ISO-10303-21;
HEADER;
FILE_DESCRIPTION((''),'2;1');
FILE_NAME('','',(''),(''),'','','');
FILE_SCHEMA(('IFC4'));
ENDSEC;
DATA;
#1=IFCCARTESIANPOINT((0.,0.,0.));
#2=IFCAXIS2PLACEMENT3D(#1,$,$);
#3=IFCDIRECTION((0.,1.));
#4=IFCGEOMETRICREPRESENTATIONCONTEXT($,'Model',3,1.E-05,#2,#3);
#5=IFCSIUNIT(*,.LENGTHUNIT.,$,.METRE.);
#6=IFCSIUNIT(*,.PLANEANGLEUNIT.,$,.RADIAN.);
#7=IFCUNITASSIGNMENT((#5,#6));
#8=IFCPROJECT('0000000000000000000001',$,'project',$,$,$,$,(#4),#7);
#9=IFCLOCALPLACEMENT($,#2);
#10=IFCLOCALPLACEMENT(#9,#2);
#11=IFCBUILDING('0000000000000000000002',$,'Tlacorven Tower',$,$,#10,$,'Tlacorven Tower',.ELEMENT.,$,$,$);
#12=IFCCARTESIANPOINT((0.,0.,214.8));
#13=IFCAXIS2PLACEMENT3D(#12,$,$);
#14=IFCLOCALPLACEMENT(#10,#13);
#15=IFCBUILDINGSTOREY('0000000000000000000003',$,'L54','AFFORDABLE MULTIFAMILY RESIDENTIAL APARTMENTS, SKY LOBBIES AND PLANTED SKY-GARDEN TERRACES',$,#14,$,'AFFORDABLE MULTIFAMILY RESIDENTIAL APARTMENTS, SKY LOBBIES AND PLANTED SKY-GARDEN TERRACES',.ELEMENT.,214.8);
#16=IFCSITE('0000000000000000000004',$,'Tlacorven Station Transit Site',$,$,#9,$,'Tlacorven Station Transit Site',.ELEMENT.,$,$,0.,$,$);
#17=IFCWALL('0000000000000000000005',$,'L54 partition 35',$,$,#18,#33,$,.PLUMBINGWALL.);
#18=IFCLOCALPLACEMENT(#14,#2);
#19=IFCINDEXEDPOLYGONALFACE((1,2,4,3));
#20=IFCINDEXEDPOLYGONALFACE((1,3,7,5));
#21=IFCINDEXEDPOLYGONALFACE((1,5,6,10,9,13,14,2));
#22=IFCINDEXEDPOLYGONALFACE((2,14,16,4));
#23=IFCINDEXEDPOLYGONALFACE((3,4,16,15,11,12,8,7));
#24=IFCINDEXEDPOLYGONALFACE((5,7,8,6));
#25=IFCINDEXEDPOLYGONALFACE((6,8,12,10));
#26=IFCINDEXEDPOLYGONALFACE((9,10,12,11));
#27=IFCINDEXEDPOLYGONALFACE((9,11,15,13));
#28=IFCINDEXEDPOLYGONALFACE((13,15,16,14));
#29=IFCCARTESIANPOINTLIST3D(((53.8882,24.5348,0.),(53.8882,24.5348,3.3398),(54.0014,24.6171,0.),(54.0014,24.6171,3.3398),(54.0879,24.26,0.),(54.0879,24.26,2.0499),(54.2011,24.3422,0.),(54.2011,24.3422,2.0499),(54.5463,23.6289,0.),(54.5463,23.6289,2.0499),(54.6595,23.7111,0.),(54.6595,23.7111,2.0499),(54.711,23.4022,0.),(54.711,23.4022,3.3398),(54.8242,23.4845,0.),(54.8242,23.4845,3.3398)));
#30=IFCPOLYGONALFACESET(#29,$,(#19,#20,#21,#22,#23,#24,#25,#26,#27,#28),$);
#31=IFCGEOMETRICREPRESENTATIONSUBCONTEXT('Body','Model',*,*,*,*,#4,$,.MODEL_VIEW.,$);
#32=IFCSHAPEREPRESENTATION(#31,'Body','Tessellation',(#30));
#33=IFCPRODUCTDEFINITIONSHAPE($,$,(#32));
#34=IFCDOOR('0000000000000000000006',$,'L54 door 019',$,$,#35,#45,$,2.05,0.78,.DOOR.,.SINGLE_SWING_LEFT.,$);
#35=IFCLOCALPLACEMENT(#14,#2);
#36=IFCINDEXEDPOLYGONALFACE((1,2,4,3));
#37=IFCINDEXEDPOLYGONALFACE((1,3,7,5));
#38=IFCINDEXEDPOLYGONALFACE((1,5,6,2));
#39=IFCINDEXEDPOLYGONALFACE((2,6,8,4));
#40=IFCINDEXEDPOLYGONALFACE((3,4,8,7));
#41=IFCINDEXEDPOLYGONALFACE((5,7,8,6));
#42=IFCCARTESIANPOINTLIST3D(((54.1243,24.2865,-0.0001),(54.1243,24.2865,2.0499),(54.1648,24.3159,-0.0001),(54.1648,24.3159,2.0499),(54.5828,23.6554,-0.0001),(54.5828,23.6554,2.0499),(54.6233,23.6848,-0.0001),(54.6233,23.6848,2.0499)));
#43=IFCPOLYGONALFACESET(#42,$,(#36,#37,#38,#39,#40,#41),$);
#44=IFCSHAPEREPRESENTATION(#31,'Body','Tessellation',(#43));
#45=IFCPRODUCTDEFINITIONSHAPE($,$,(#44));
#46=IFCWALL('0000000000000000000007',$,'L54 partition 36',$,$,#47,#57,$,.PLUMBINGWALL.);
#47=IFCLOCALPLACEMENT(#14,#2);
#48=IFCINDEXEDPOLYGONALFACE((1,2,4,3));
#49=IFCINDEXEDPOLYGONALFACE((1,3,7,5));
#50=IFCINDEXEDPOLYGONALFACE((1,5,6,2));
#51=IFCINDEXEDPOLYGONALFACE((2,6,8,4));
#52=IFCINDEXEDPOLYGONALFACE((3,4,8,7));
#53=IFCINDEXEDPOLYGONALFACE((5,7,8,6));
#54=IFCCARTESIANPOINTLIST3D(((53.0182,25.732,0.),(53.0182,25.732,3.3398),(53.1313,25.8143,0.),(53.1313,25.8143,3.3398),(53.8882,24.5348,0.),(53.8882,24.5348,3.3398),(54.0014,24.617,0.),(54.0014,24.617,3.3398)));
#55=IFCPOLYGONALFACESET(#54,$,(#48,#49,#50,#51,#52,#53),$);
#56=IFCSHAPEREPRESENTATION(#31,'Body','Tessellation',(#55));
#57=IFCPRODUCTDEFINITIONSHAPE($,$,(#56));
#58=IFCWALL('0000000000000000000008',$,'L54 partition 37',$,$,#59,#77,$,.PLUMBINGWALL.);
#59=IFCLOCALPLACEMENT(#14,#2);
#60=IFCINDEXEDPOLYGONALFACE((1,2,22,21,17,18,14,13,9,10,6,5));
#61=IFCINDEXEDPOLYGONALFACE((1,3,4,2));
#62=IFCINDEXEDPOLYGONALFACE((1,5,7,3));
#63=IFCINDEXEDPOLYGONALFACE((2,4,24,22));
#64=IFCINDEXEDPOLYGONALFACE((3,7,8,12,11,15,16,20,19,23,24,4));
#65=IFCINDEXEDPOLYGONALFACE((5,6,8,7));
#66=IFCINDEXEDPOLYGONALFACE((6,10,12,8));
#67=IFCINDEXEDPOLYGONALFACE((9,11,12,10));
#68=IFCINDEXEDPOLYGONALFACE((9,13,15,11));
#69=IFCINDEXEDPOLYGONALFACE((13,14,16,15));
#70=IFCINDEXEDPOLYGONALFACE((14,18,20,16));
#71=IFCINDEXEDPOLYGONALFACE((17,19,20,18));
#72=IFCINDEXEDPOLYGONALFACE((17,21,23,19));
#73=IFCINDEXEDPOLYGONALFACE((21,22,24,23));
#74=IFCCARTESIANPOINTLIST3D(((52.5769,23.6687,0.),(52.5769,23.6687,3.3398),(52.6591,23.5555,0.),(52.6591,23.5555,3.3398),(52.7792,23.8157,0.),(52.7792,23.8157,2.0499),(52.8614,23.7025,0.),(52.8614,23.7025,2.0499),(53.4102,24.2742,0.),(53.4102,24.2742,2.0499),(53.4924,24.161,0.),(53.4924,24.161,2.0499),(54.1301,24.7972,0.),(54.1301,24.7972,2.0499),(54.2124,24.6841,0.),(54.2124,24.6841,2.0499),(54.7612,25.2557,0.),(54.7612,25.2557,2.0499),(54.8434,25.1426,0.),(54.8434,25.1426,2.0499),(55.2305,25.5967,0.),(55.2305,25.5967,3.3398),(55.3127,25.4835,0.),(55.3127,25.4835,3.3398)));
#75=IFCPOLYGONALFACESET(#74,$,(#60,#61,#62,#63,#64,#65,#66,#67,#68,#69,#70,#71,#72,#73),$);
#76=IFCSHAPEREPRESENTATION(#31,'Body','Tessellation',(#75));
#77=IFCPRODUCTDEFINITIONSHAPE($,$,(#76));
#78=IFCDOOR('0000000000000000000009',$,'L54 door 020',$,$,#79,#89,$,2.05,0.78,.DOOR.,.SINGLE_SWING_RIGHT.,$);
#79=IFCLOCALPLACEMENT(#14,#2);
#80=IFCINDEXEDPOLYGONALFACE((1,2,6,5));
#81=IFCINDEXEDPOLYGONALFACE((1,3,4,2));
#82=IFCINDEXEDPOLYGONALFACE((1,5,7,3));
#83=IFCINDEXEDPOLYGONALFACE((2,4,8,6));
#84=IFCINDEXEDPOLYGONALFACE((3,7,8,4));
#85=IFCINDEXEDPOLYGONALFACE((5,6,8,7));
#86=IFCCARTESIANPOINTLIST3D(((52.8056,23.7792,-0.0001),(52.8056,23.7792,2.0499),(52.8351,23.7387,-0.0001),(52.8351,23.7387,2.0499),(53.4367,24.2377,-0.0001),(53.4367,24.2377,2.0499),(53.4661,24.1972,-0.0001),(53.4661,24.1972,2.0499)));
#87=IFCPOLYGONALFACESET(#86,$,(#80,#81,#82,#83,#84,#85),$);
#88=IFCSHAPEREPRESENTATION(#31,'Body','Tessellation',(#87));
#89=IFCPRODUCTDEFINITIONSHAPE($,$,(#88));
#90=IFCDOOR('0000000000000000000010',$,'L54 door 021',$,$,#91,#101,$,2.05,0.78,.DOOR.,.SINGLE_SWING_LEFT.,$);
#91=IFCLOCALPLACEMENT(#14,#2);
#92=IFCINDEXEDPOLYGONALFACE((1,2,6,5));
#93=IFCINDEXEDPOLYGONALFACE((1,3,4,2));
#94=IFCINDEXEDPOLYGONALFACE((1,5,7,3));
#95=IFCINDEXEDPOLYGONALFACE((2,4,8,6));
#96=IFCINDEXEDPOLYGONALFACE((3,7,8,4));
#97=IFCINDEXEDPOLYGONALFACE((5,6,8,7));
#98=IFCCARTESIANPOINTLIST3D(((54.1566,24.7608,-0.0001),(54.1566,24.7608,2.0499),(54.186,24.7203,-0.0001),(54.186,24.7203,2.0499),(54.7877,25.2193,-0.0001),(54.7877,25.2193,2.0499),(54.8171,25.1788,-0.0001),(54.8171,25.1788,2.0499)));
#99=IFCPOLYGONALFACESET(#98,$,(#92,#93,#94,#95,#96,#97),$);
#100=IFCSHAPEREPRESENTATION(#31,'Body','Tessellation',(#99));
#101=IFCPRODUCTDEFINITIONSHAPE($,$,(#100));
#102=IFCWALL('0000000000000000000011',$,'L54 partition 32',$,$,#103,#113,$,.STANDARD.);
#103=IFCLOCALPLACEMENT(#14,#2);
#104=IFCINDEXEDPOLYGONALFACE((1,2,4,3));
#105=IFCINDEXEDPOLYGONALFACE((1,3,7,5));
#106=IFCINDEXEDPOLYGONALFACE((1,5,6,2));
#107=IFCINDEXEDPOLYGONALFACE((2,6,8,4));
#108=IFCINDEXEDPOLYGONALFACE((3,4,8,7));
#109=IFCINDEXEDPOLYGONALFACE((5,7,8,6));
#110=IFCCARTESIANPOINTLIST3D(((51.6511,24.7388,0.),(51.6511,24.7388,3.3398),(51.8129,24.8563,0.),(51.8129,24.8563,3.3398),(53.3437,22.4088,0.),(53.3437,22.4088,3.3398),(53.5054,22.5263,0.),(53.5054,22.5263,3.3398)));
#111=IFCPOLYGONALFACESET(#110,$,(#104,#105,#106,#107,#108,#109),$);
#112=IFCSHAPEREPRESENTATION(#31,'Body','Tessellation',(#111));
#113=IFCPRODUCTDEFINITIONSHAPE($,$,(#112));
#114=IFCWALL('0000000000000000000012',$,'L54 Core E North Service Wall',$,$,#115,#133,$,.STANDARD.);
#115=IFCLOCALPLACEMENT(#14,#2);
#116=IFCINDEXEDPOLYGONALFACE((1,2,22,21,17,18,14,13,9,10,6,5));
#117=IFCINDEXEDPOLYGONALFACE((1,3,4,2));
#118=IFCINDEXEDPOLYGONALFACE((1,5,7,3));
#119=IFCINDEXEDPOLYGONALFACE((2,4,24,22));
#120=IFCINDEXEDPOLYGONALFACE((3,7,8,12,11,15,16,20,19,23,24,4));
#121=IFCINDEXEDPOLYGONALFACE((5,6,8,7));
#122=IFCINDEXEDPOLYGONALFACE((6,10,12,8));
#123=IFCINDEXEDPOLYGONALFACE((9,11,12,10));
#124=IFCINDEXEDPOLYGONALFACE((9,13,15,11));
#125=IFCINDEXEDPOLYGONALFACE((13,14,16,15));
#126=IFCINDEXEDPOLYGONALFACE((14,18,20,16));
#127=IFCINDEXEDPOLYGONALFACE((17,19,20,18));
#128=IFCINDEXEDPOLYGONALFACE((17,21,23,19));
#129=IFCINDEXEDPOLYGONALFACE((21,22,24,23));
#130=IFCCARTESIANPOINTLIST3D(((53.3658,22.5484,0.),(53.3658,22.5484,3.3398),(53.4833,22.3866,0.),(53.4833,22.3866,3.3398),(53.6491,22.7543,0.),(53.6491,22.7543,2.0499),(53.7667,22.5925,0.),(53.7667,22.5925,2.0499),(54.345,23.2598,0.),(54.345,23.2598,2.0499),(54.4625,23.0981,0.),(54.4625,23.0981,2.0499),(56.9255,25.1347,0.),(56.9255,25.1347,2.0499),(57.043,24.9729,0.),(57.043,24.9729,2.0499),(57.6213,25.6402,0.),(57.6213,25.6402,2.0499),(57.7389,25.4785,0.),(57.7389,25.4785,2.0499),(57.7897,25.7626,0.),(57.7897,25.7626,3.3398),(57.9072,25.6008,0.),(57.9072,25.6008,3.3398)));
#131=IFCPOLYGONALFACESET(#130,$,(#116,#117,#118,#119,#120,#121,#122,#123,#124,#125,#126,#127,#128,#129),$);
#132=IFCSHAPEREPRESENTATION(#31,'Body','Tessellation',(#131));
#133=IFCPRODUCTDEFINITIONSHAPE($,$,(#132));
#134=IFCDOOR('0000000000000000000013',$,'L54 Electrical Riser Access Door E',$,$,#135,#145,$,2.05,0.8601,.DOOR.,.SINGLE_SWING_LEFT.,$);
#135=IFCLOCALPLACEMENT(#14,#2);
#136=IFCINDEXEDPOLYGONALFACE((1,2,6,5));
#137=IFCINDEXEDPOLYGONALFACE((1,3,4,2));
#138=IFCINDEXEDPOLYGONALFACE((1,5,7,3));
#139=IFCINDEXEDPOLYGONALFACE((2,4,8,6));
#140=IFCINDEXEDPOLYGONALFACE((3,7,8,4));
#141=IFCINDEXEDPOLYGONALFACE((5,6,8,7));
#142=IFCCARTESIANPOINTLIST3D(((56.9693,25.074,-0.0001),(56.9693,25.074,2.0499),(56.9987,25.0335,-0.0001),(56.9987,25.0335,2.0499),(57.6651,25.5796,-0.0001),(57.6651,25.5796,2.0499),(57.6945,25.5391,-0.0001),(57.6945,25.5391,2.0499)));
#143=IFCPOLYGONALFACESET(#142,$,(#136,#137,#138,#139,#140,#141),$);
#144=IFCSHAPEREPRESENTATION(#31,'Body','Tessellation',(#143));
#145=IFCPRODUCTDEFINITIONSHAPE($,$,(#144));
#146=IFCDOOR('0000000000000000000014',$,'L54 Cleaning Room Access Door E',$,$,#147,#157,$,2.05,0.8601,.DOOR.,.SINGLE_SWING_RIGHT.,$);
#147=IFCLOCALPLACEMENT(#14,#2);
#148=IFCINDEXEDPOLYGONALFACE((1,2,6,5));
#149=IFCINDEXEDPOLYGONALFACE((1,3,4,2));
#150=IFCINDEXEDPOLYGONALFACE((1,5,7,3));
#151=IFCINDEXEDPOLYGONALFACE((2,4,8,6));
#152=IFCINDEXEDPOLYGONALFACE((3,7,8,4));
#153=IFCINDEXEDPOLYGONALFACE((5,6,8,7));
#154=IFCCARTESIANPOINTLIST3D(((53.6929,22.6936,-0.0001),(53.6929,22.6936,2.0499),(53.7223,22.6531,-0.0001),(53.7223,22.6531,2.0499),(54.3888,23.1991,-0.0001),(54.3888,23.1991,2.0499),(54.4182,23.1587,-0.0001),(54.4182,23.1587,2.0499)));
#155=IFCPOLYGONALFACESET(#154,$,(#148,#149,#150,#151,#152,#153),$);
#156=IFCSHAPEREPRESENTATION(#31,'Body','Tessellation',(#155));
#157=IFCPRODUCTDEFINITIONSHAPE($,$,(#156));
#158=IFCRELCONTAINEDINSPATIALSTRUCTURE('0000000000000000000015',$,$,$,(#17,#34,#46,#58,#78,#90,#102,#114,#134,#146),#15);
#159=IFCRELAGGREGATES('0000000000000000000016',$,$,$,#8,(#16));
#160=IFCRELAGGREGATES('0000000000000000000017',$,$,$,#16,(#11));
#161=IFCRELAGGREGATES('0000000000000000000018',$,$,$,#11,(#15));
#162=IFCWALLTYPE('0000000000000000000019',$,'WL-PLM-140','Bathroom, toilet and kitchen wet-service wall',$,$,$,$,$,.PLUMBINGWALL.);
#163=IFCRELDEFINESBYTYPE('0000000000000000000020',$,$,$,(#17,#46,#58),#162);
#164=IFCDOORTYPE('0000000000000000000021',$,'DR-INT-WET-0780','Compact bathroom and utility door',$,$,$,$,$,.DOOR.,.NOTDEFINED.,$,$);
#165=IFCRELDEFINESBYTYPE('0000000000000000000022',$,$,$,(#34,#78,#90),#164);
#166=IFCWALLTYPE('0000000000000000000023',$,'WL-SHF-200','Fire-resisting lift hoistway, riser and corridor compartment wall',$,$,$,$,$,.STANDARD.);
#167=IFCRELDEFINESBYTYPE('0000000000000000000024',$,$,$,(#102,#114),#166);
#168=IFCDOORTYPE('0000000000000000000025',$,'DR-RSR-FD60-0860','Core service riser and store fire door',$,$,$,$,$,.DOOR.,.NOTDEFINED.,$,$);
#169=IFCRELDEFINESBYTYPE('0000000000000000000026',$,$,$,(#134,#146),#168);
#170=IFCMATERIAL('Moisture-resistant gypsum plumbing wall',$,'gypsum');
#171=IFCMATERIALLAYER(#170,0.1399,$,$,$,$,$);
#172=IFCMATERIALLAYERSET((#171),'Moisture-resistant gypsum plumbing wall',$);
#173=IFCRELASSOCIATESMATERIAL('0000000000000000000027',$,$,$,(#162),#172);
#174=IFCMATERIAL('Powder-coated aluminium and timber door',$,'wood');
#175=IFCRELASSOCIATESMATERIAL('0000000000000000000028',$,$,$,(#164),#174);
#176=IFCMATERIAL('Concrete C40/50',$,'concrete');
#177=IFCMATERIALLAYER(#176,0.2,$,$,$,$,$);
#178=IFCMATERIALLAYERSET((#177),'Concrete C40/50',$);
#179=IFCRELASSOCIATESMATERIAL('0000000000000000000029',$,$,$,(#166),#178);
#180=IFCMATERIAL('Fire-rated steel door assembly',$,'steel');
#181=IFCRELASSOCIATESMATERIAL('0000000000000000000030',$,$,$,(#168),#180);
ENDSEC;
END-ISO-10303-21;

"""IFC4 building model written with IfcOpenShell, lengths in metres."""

from ifc_helpers import new_model, si_unit, direction, frame, frame_2d, origin, place, context, subcontext, project, spatial, rectangle, extrude, source, transform, mapped, material, layer, layer_set, type_object, element, fill, save


model = new_model("IFC4")

# Units and contexts
model_context = context("Model", 3, precision=1e-05, world=origin(), true_north=direction((0.0, 1.0)))
body_context = subcontext(model_context, "Body", "Model", "MODEL_VIEW")
ifc_project = project(units=[si_unit("LENGTHUNIT", "METRE"), si_unit("PLANEANGLEUNIT", "RADIAN")], contexts=[model_context])

# Site, building, storey
site_placement = place(None, origin())
site = spatial("IfcSite", under=ifc_project, at=site_placement, Name="Tlacorven Station Transit Site", LongName="Tlacorven Station Transit Site", CompositionType="ELEMENT", RefElevation=0.0)
building_placement = place(site_placement, origin())
building = spatial("IfcBuilding", under=site, at=building_placement, Name="Tlacorven Tower", LongName="Tlacorven Tower", CompositionType="ELEMENT")
storey_placement = place(building_placement, frame((0.0, 0.0, 214.8)))
storey = spatial("IfcBuildingStorey", under=building, at=storey_placement, Name="L54", Description="AFFORDABLE MULTIFAMILY RESIDENTIAL APARTMENTS, SKY LOBBIES AND PLANTED SKY-GARDEN TERRACES", LongName="AFFORDABLE MULTIFAMILY RESIDENTIAL APARTMENTS, SKY LOBBIES AND PLANTED SKY-GARDEN TERRACES", CompositionType="ELEMENT", Elevation=214.8)

# Wall, opening, door
ifc_material_1 = material(Name="Moisture-resistant gypsum plumbing wall", Category="gypsum")
ifc_layer_1 = layer(ifc_material_1, 0.1399)
ifc_layer_set_1 = layer_set([ifc_layer_1], Name="Moisture-resistant gypsum plumbing wall")
wall_type_1 = type_object("IfcWallType", Name="WL-PLM-140", Description="Bathroom, toilet and kitchen wet-service wall", PredefinedType="PLUMBINGWALL", material=ifc_layer_set_1)
wall_1_placement = place(storey_placement, frame((54.7676, 23.4434, 0.0), z_axis=(0.0, 0.0, 1.0), x_axis=(-0.587736, 0.809053, 0.0)))
wall_1 = element("IfcWall", 1, at=wall_1_placement, inside=storey, type_object=wall_type_1, Name="L54 partition 35", PredefinedType="PLUMBINGWALL", context=body_context, shape_type="SweptSolid", body=[
    extrude(rectangle(XDim=1.3999, YDim=0.1399, at=frame_2d((0.7, 0.0))), origin(), (0.0, 0.0, 1.0), 3.3398),
])
opening_1_placement = place(wall_1_placement, frame((0.28, 0.0, 0.0)))
opening_1 = element("IfcOpeningElement", 2, at=opening_1_placement, cuts=wall_1, PredefinedType="OPENING", context=body_context, shape_type="SweptSolid", body=[
    extrude(rectangle(XDim=0.78, YDim=2.05, at=frame_2d((0.3901, 1.0249))), frame((0.0, 0.0801, 0.0), z_axis=(0.0, -1.0, 0.0), x_axis=(1.0, 0.0, 0.0)), (0.0, 0.0, 1.0), 0.1599),
])
ifc_material_2 = material(Name="Powder-coated aluminium and timber door", Category="wood")
door_type_1 = type_object("IfcDoorType", Name="DR-INT-WET-0780", Description="Compact bathroom and utility door", OperationType="NOTDEFINED", PredefinedType="DOOR", material=ifc_material_2)
shared_shape_1 = source(origin(), body_context, "Body", "SweptSolid", [
    extrude(rectangle(XDim=0.78, YDim=2.05, at=frame_2d((0.3901, 1.0249))), frame((0.0, 0.0249, 0.0), z_axis=(0.0, -1.0, 0.0), x_axis=(1.0, 0.0, 0.0)), (0.0, 0.0, 1.0), 0.05),
])
door_1_placement = place(opening_1_placement, origin())
door_1 = element("IfcDoor", 3, at=door_1_placement, inside=storey, type_object=door_type_1, Name="L54 door 019", OperationType="SINGLE_SWING_LEFT", OverallHeight=2.05, OverallWidth=0.78, PredefinedType="DOOR", context=body_context, shape_type="MappedRepresentation", body=[
    mapped(shared_shape_1, transform((0.0, 0.0, 0.0), scale=1.0)),
])
fill(opening_1, door_1)

# Wall
wall_2_placement = place(storey_placement, frame((53.9448, 24.5759, 0.0), z_axis=(0.0, 0.0, 1.0), x_axis=(-0.587897, 0.808936, 0.0)))
element("IfcWall", 4, at=wall_2_placement, inside=storey, type_object=wall_type_1, Name="L54 partition 36", PredefinedType="PLUMBINGWALL", context=body_context, shape_type="SweptSolid", body=[
    extrude(rectangle(XDim=1.48, YDim=0.1399, at=frame_2d((0.74, 0.0))), origin(), (0.0, 0.0, 1.0), 3.3398),
])

# Wall, openings, doors
wall_3_placement = place(storey_placement, frame((52.6179, 23.6121, 0.0), z_axis=(0.0, 0.0, 1.0), x_axis=(0.80901, 0.587795, 0.0)))
wall_3 = element("IfcWall", 5, at=wall_3_placement, inside=storey, type_object=wall_type_1, Name="L54 partition 37", PredefinedType="PLUMBINGWALL", context=body_context, shape_type="SweptSolid", body=[
    extrude(rectangle(XDim=3.28, YDim=0.1399, at=frame_2d((1.6401, 0.0))), origin(), (0.0, 0.0, 1.0), 3.3398),
])
opening_2_placement = place(wall_3_placement, frame((0.25, 0.0, 0.0)))
opening_2 = element("IfcOpeningElement", 6, at=opening_2_placement, cuts=wall_3, PredefinedType="OPENING", context=body_context, shape_type="SweptSolid", body=[
    extrude(rectangle(XDim=0.78, YDim=2.05, at=frame_2d((0.3901, 1.0249))), frame((0.0, 0.0801, 0.0), z_axis=(0.0, -1.0, 0.0), x_axis=(1.0, 0.0, 0.0)), (0.0, 0.0, 1.0), 0.1599),
])
opening_3_placement = place(wall_3_placement, frame((1.9199, 0.0, 0.0)))
opening_3 = element("IfcOpeningElement", 7, at=opening_3_placement, cuts=wall_3, PredefinedType="OPENING", context=body_context, shape_type="SweptSolid", body=[
    extrude(rectangle(XDim=0.78, YDim=2.05, at=frame_2d((0.3901, 1.0249))), frame((0.0, 0.0801, 0.0), z_axis=(0.0, -1.0, 0.0), x_axis=(1.0, 0.0, 0.0)), (0.0, 0.0, 1.0), 0.1599),
])
door_2_placement = place(opening_2_placement, origin())
door_2 = element("IfcDoor", 8, at=door_2_placement, inside=storey, type_object=door_type_1, Name="L54 door 020", OperationType="SINGLE_SWING_RIGHT", OverallHeight=2.05, OverallWidth=0.78, PredefinedType="DOOR", context=body_context, shape_type="MappedRepresentation", body=[
    mapped(shared_shape_1, transform((0.0, 0.0, 0.0), scale=1.0)),
])
fill(opening_2, door_2)
door_3_placement = place(opening_3_placement, origin())
door_3 = element("IfcDoor", 9, at=door_3_placement, inside=storey, type_object=door_type_1, Name="L54 door 021", OperationType="SINGLE_SWING_LEFT", OverallHeight=2.05, OverallWidth=0.78, PredefinedType="DOOR", context=body_context, shape_type="MappedRepresentation", body=[
    mapped(shared_shape_1, transform((0.0, 0.0, 0.0), scale=1.0)),
])
fill(opening_3, door_3)

# Wall
ifc_material_3 = material(Name="Concrete C40/50", Category="concrete")
ifc_layer_2 = layer(ifc_material_3, 0.2)
ifc_layer_set_2 = layer_set([ifc_layer_2], Name="Concrete C40/50")
wall_type_2 = type_object("IfcWallType", Name="WL-SHF-200", Description="Fire-resisting lift hoistway, riser and corridor compartment wall", PredefinedType="STANDARD", material=ifc_layer_set_2)
wall_4_placement = place(storey_placement, frame((53.4246, 22.4675, 0.0), z_axis=(0.0, 0.0, 1.0), x_axis=(-0.587723, 0.809062, 0.0)))
element("IfcWall", 10, at=wall_4_placement, inside=storey, type_object=wall_type_2, Name="L54 partition 32", PredefinedType="STANDARD", context=body_context, shape_type="SweptSolid", body=[
    extrude(rectangle(XDim=2.8799, YDim=0.2, at=frame_2d((1.4399, 0.0))), origin(), (0.0, 0.0, 1.0), 3.3398),
])

# Wall, openings, doors
wall_5_placement = place(storey_placement, frame((53.4246, 22.4675, 0.0), z_axis=(0.0, 0.0, 1.0), x_axis=(0.809016, 0.587787, 0.0)))
wall_5 = element("IfcWall", 11, at=wall_5_placement, inside=storey, type_object=wall_type_2, Name="L54 Core E North Service Wall", PredefinedType="STANDARD", context=body_context, shape_type="SweptSolid", body=[
    extrude(rectangle(XDim=5.4683, YDim=0.2, at=frame_2d((2.7341, 0.0))), origin(), (0.0, 0.0, 1.0), 3.3398),
])
opening_4_placement = place(wall_5_placement, frame((4.3999, 0.0, 0.0)))
opening_4 = element("IfcOpeningElement", 12, at=opening_4_placement, cuts=wall_5, PredefinedType="OPENING", context=body_context, shape_type="SweptSolid", body=[
    extrude(rectangle(XDim=0.8601, YDim=2.05, at=frame_2d((0.4302, 1.0249))), frame((0.0, 0.1099, 0.0), z_axis=(0.0, -1.0, 0.0), x_axis=(1.0, 0.0, 0.0)), (0.0, 0.0, 1.0), 0.22),
])
opening_5_placement = place(wall_5_placement, frame((0.3501, 0.0, 0.0)))
opening_5 = element("IfcOpeningElement", 13, at=opening_5_placement, cuts=wall_5, PredefinedType="OPENING", context=body_context, shape_type="SweptSolid", body=[
    extrude(rectangle(XDim=0.8601, YDim=2.05, at=frame_2d((0.4302, 1.0249))), frame((0.0, 0.1099, 0.0), z_axis=(0.0, -1.0, 0.0), x_axis=(1.0, 0.0, 0.0)), (0.0, 0.0, 1.0), 0.22),
])
ifc_material_4 = material(Name="Fire-rated steel door assembly", Category="steel")
door_type_2 = type_object("IfcDoorType", Name="DR-RSR-FD60-0860", Description="Core service riser and store fire door", OperationType="NOTDEFINED", PredefinedType="DOOR", material=ifc_material_4)
shared_shape_2 = source(origin(), body_context, "Body", "SweptSolid", [
    extrude(rectangle(XDim=0.8601, YDim=2.05, at=frame_2d((0.4302, 1.0249))), frame((0.0, 0.0249, 0.0), z_axis=(0.0, -1.0, 0.0), x_axis=(1.0, 0.0, 0.0)), (0.0, 0.0, 1.0), 0.05),
])
door_4_placement = place(opening_4_placement, frame((0.8601, 0.0, 0.0), z_axis=(0.0, 0.0, 1.0), x_axis=(-1.0, 0.0, 0.0)))
door_4 = element("IfcDoor", 14, at=door_4_placement, inside=storey, type_object=door_type_2, Name="L54 Electrical Riser Access Door E", OperationType="SINGLE_SWING_LEFT", OverallHeight=2.05, OverallWidth=0.8601, PredefinedType="DOOR", context=body_context, shape_type="MappedRepresentation", body=[
    mapped(shared_shape_2, transform((0.0, 0.0, 0.0), scale=1.0)),
])
fill(opening_4, door_4)
door_5_placement = place(opening_5_placement, frame((0.8601, 0.0, 0.0), z_axis=(0.0, 0.0, 1.0), x_axis=(-1.0, 0.0, 0.0)))
door_5 = element("IfcDoor", 15, at=door_5_placement, inside=storey, type_object=door_type_2, Name="L54 Cleaning Room Access Door E", OperationType="SINGLE_SWING_RIGHT", OverallHeight=2.05, OverallWidth=0.8601, PredefinedType="DOOR", context=body_context, shape_type="MappedRepresentation", body=[
    mapped(shared_shape_2, transform((0.0, 0.0, 0.0), scale=1.0)),
])
fill(opening_5, door_5)

save(model, "model.ifc")
